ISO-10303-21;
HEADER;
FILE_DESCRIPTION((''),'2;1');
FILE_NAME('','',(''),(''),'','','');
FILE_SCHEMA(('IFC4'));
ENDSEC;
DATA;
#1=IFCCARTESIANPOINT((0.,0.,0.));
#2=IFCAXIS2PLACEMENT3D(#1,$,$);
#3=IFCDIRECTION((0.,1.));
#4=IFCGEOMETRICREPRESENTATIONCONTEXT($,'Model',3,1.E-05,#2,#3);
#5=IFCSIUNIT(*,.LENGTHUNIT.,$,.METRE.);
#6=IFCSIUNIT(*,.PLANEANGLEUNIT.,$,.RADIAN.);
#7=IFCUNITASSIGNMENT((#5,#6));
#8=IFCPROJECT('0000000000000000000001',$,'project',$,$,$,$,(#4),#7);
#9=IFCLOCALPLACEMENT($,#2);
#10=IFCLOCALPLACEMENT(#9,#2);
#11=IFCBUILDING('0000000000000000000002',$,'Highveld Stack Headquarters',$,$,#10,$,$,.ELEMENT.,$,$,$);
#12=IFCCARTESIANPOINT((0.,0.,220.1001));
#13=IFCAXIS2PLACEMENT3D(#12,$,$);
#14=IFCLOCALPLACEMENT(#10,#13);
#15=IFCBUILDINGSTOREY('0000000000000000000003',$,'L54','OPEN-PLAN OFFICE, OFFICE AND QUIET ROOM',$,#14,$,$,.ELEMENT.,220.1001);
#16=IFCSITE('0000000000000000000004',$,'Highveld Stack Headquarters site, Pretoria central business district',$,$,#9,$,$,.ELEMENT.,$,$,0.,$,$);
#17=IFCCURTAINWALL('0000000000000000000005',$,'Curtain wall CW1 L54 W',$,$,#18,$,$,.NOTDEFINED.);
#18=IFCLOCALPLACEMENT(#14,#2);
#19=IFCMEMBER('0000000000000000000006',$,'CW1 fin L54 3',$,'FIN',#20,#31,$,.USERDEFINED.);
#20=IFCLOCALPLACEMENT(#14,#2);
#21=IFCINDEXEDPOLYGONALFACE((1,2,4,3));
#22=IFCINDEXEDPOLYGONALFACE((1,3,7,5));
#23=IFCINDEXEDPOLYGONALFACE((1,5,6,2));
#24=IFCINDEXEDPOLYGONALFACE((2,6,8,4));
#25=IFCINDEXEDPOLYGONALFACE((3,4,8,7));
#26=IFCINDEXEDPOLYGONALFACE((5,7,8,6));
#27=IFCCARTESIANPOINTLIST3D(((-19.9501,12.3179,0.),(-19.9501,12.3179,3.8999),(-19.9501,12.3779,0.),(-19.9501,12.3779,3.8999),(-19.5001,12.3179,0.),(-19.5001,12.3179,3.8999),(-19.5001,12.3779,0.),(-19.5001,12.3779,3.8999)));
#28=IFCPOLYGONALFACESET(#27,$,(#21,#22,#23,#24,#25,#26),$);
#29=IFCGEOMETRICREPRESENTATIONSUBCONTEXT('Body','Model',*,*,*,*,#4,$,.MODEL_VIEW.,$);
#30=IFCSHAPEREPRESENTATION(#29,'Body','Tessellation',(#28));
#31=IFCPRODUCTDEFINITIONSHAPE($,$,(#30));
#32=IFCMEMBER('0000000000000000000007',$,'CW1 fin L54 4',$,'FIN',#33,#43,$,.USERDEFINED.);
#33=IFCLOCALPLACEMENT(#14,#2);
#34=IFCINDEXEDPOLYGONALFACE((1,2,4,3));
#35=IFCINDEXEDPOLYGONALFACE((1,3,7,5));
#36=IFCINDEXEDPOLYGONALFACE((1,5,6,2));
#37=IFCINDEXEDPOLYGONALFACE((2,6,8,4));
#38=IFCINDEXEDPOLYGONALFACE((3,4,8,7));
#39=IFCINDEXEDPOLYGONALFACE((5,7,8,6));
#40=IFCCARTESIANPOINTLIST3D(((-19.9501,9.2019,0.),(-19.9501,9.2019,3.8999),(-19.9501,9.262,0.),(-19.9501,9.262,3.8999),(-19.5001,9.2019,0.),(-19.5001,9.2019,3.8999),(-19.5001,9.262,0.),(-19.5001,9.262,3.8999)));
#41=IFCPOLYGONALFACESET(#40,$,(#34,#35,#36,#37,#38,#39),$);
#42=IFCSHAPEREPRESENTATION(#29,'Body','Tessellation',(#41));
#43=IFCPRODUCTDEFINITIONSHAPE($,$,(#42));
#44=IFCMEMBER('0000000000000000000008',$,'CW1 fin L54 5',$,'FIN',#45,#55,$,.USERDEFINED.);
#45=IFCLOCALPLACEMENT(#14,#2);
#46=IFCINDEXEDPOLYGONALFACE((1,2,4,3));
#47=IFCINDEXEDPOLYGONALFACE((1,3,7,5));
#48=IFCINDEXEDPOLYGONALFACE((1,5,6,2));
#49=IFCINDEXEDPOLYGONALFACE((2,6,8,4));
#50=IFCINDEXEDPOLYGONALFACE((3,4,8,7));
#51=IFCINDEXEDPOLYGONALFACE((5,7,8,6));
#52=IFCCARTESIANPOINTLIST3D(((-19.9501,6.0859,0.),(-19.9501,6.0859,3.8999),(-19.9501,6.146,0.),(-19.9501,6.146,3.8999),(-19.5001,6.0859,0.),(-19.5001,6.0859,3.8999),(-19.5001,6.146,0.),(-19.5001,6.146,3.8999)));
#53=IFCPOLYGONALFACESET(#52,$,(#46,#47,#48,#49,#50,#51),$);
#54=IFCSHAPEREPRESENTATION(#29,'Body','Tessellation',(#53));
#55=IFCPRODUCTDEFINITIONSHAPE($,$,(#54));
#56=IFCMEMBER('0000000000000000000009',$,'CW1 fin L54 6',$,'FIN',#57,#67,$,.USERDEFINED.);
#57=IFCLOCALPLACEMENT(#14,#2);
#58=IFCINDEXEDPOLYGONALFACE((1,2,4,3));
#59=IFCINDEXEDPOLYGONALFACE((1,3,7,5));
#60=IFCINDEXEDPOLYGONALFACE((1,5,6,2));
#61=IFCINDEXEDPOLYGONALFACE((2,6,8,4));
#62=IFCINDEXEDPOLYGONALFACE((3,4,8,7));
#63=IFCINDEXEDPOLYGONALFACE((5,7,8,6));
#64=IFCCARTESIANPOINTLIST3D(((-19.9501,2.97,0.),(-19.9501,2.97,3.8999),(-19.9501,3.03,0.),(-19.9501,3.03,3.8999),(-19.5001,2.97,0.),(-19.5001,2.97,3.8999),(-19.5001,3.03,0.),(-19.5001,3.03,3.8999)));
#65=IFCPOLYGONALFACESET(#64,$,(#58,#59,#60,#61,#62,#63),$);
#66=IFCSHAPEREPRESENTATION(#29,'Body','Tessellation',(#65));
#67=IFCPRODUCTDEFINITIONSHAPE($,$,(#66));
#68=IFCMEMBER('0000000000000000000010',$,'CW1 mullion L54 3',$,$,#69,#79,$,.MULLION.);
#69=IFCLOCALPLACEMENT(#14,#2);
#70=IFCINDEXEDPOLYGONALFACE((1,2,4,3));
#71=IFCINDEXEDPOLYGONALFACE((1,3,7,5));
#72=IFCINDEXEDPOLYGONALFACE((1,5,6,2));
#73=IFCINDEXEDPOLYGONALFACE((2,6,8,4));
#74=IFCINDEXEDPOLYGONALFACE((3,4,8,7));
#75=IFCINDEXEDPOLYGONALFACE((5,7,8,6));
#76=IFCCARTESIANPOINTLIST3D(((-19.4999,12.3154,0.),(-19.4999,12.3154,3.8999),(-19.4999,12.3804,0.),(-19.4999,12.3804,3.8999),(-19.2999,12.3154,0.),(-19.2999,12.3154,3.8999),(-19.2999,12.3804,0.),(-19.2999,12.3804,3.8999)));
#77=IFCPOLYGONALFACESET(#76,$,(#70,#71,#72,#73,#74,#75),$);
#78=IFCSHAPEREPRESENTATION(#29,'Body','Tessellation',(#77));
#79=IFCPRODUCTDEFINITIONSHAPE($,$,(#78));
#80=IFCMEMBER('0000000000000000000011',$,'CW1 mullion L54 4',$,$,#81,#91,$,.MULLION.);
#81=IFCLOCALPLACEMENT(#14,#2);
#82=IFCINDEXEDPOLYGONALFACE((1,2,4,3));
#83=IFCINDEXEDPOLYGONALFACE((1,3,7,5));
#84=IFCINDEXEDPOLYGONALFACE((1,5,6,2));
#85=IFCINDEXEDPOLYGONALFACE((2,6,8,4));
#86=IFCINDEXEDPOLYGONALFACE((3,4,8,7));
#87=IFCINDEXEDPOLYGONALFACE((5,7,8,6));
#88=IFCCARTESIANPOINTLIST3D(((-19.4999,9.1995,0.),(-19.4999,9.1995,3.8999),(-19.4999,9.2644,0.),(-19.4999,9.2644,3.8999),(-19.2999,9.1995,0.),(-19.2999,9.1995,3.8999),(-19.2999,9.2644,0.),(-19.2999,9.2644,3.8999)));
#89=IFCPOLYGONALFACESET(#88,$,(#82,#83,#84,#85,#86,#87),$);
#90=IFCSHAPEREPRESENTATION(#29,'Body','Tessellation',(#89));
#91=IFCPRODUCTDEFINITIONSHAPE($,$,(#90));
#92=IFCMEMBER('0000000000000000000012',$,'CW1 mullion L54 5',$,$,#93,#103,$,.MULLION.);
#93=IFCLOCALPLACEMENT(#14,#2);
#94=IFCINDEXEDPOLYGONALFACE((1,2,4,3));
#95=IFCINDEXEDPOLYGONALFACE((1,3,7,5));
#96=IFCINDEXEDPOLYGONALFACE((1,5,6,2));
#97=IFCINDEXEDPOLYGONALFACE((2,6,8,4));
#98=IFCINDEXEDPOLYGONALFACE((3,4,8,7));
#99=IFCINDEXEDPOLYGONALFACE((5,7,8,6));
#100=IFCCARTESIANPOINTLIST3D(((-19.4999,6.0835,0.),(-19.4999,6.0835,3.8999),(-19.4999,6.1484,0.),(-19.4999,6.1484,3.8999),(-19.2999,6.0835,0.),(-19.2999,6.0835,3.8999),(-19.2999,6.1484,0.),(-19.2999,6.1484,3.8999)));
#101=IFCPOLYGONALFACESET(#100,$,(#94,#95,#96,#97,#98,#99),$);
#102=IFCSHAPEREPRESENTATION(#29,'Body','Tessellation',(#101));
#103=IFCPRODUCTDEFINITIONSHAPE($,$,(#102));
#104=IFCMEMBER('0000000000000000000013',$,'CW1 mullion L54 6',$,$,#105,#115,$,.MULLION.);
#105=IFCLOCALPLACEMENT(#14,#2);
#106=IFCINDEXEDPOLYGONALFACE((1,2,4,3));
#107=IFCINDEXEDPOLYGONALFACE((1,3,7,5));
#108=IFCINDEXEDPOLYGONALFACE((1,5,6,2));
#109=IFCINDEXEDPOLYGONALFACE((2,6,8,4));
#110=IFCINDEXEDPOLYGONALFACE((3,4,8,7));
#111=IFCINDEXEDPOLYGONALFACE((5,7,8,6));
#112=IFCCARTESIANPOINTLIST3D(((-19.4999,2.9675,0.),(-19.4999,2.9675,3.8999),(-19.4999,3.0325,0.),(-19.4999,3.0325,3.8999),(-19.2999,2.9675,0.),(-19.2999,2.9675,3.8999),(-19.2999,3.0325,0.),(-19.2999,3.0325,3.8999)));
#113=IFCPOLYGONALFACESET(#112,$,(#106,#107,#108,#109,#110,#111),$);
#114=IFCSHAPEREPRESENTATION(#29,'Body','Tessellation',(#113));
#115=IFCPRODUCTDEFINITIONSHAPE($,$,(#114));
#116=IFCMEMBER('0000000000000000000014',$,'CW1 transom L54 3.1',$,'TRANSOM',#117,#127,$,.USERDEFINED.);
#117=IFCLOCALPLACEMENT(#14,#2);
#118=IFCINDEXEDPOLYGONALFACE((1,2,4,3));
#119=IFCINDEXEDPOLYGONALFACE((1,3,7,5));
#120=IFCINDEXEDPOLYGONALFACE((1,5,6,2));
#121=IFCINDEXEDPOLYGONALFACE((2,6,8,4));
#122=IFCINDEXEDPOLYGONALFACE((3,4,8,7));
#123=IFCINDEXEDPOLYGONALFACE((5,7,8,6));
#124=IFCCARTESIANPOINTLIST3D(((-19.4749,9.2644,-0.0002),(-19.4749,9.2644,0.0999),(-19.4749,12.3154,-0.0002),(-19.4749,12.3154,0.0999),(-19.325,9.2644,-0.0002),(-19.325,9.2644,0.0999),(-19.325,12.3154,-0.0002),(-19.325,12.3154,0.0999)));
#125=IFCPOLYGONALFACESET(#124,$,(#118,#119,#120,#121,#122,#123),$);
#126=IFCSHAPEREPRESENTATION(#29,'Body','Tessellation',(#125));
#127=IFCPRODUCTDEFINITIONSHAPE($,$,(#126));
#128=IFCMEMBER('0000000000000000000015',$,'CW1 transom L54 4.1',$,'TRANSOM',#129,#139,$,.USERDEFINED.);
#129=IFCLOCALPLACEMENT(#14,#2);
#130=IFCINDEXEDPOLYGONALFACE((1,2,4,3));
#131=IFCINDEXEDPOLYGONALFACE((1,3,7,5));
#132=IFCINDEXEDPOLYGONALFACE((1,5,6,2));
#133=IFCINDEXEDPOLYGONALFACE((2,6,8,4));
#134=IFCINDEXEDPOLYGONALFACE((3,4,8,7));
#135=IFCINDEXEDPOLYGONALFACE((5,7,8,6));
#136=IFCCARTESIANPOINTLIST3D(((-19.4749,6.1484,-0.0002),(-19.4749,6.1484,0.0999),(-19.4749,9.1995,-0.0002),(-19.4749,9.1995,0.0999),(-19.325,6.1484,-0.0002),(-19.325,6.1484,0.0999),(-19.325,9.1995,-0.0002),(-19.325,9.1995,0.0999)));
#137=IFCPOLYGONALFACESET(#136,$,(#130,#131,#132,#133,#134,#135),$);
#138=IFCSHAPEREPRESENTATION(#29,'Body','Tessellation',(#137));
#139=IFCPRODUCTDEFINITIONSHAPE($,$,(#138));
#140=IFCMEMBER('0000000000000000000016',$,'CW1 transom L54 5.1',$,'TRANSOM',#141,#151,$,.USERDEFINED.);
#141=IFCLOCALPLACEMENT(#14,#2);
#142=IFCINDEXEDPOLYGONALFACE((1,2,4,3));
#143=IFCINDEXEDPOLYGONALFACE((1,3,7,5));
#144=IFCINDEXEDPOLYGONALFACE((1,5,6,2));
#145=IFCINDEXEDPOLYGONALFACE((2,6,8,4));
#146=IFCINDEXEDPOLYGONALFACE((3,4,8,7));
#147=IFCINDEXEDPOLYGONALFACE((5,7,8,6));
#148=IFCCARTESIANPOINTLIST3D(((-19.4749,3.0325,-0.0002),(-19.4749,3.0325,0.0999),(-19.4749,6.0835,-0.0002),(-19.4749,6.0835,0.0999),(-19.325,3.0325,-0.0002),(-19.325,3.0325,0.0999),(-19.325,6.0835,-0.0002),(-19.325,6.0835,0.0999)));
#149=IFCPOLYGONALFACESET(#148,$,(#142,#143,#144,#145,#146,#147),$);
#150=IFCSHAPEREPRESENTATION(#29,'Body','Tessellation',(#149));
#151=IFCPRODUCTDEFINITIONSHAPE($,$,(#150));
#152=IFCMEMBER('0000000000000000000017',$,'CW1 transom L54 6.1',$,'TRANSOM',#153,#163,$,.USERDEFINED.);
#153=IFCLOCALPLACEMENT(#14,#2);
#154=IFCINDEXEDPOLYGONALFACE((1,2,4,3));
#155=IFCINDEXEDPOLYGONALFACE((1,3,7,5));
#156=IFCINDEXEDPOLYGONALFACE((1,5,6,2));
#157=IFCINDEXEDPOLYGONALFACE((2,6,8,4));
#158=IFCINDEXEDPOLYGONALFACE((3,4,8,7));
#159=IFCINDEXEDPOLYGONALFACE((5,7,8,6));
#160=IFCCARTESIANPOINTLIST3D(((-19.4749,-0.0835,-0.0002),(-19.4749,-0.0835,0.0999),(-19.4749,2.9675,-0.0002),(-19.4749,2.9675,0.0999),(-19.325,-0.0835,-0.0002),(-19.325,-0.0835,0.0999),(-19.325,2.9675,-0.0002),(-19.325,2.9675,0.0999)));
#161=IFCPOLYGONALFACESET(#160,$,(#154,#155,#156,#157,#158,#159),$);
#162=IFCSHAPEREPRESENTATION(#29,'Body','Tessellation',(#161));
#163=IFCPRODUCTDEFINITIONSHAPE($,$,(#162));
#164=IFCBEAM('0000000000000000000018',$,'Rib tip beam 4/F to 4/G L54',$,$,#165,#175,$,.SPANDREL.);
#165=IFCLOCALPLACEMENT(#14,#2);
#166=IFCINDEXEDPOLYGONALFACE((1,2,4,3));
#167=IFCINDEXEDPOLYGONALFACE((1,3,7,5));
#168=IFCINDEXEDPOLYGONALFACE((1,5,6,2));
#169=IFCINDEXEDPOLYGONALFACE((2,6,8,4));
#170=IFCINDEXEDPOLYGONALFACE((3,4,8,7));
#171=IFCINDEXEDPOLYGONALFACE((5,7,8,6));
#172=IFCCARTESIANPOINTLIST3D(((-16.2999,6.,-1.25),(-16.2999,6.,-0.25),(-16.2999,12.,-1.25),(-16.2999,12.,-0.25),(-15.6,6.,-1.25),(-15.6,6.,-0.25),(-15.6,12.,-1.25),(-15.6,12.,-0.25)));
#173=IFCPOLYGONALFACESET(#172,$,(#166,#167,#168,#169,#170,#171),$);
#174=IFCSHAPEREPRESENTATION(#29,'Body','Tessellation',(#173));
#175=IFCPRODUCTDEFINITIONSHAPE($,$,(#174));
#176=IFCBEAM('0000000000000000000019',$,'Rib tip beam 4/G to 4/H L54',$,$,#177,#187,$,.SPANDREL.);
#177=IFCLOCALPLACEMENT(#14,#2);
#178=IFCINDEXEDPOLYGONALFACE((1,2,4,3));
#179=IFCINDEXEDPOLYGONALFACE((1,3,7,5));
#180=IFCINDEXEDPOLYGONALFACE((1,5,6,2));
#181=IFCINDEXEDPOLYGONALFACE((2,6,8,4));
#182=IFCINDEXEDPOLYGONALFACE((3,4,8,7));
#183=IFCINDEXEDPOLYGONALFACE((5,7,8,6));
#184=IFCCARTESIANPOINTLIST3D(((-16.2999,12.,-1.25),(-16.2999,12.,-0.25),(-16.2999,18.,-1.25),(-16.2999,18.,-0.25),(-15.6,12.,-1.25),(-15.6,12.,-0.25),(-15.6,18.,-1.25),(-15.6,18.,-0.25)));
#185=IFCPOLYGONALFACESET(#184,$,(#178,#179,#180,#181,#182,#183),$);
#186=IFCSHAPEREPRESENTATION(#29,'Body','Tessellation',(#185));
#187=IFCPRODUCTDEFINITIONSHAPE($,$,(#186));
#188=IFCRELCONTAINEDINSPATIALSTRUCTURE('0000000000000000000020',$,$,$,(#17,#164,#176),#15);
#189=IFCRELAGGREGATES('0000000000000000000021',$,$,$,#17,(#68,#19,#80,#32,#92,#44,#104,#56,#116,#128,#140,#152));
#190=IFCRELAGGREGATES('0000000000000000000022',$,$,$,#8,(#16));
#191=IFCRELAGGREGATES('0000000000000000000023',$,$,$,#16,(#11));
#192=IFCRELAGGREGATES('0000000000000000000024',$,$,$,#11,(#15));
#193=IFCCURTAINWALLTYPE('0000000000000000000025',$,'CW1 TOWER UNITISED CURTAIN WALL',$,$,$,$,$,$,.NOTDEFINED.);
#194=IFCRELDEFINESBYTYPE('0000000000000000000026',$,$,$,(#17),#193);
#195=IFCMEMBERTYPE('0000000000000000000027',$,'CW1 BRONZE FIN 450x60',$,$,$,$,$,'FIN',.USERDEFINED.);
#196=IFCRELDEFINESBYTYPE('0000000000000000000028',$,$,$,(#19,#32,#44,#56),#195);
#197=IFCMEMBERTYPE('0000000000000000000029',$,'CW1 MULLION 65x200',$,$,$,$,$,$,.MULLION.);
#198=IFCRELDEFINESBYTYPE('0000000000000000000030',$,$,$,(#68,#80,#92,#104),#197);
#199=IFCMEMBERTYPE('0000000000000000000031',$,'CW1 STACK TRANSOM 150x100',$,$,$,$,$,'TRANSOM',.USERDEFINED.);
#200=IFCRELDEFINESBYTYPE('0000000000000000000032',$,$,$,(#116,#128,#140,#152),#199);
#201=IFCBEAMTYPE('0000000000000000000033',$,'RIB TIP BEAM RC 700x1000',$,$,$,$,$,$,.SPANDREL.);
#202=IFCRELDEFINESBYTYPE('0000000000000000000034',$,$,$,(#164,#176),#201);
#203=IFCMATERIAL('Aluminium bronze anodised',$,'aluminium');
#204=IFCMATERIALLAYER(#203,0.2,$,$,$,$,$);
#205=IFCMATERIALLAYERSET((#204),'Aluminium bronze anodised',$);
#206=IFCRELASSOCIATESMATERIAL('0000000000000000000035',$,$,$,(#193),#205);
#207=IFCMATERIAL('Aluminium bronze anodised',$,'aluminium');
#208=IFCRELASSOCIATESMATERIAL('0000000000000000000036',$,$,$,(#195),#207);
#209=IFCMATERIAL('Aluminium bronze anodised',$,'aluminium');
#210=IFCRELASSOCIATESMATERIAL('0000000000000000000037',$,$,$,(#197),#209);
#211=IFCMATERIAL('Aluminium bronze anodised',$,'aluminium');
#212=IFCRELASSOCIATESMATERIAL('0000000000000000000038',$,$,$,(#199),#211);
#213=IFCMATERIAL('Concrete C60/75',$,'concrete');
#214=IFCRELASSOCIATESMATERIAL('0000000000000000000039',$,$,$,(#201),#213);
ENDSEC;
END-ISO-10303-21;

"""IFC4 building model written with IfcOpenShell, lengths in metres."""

from ifc_helpers import new_model, si_unit, direction, frame, origin, origin_2d, place, context, subcontext, project, spatial, rectangle, extrude, material, layer, layer_set, material_profile, profile_set, type_object, element, aggregate, save


model = new_model("IFC4")

# Units and contexts
model_context = context("Model", 3, precision=1e-05, world=origin(), true_north=direction((0.0, 1.0)))
body_context = subcontext(model_context, "Body", "Model", "MODEL_VIEW")
ifc_project = project(units=[si_unit("LENGTHUNIT", "METRE"), si_unit("PLANEANGLEUNIT", "RADIAN")], contexts=[model_context])

# Site, building, storey
site_placement = place(None, origin())
site = spatial("IfcSite", under=ifc_project, at=site_placement, Name="Highveld Stack Headquarters site, Pretoria central business district", CompositionType="ELEMENT", RefElevation=0.0)
building_placement = place(site_placement, origin())
building = spatial("IfcBuilding", under=site, at=building_placement, Name="Highveld Stack Headquarters", CompositionType="ELEMENT")
storey_placement = place(building_placement, frame((0.0, 0.0, 220.1001)))
storey = spatial("IfcBuildingStorey", under=building, at=storey_placement, Name="L54", Description="OPEN-PLAN OFFICE, OFFICE AND QUIET ROOM", CompositionType="ELEMENT", Elevation=220.1001)

# Curtain wall, members
ifc_material_1 = material(Name="Aluminium bronze anodised", Category="aluminium")
ifc_layer_1 = layer(ifc_material_1, 0.2)
ifc_layer_set_1 = layer_set([ifc_layer_1], Name="Aluminium bronze anodised")
curtain_wall_type = type_object("IfcCurtainWallType", Name="CW1 TOWER UNITISED CURTAIN WALL", PredefinedType="NOTDEFINED", material=ifc_layer_set_1)
curtain_wall_placement = place(storey_placement, origin())
curtain_wall = element("IfcCurtainWall", 1, at=curtain_wall_placement, inside=storey, type_object=curtain_wall_type, Name="Curtain wall CW1 L54 W", PredefinedType="NOTDEFINED")
ifc_material_2 = material(Name="Aluminium bronze anodised", Category="aluminium")
ifc_material_profile_1 = material_profile(ifc_material_2, rectangle(XDim=0.45, YDim=0.0601, at=origin_2d()), Name="FIN 450x60")
ifc_profile_set_1 = profile_set([ifc_material_profile_1], Name="Aluminium bronze anodised")
member_type_1 = type_object("IfcMemberType", Name="CW1 BRONZE FIN 450x60", ElementType="FIN", PredefinedType="USERDEFINED", material=ifc_profile_set_1)
member_1_placement = place(storey_placement, frame((-19.7251, 12.3479, 0.0), z_axis=(0.0, 0.0, 1.0), x_axis=(1.0, 0.0, 0.0)))
member_1 = element("IfcMember", 2, at=member_1_placement, type_object=member_type_1, Name="CW1 fin L54 3", ObjectType="FIN", PredefinedType="USERDEFINED", context=body_context, shape_type="SweptSolid", body=[
    extrude(rectangle(XDim=0.45, YDim=0.0601, at=origin_2d()), origin(), (0.0, 0.0, 1.0), 3.8999),
])
member_2_placement = place(storey_placement, frame((-19.7251, 9.2319, 0.0), z_axis=(0.0, 0.0, 1.0), x_axis=(1.0, 0.0, 0.0)))
member_2 = element("IfcMember", 3, at=member_2_placement, type_object=member_type_1, Name="CW1 fin L54 4", ObjectType="FIN", PredefinedType="USERDEFINED", context=body_context, shape_type="SweptSolid", body=[
    extrude(rectangle(XDim=0.45, YDim=0.0601, at=origin_2d()), origin(), (0.0, 0.0, 1.0), 3.8999),
])
member_3_placement = place(storey_placement, frame((-19.7251, 6.116, 0.0), z_axis=(0.0, 0.0, 1.0), x_axis=(1.0, 0.0, 0.0)))
member_3 = element("IfcMember", 4, at=member_3_placement, type_object=member_type_1, Name="CW1 fin L54 5", ObjectType="FIN", PredefinedType="USERDEFINED", context=body_context, shape_type="SweptSolid", body=[
    extrude(rectangle(XDim=0.45, YDim=0.0601, at=origin_2d()), origin(), (0.0, 0.0, 1.0), 3.8999),
])
member_4_placement = place(storey_placement, frame((-19.7251, 3.0, 0.0), z_axis=(0.0, 0.0, 1.0), x_axis=(1.0, 0.0, 0.0)))
member_4 = element("IfcMember", 5, at=member_4_placement, type_object=member_type_1, Name="CW1 fin L54 6", ObjectType="FIN", PredefinedType="USERDEFINED", context=body_context, shape_type="SweptSolid", body=[
    extrude(rectangle(XDim=0.45, YDim=0.0601, at=origin_2d()), origin(), (0.0, 0.0, 1.0), 3.8999),
])
ifc_material_3 = material(Name="Aluminium bronze anodised", Category="aluminium")
ifc_material_profile_2 = material_profile(ifc_material_3, rectangle(XDim=0.2, YDim=0.0649, at=origin_2d()), Name="CW1 MULLION 65x200")
ifc_profile_set_2 = profile_set([ifc_material_profile_2], Name="Aluminium bronze anodised")
member_type_2 = type_object("IfcMemberType", Name="CW1 MULLION 65x200", PredefinedType="MULLION", material=ifc_profile_set_2)
member_5_placement = place(storey_placement, frame((-19.3999, 12.3479, 0.0), z_axis=(0.0, 0.0, 1.0), x_axis=(1.0, 0.0, 0.0)))
member_5 = element("IfcMember", 6, at=member_5_placement, type_object=member_type_2, Name="CW1 mullion L54 3", PredefinedType="MULLION", context=body_context, shape_type="SweptSolid", body=[
    extrude(rectangle(XDim=0.2, YDim=0.0649, at=origin_2d()), origin(), (0.0, 0.0, 1.0), 3.8999),
])
member_6_placement = place(storey_placement, frame((-19.3999, 9.2319, 0.0), z_axis=(0.0, 0.0, 1.0), x_axis=(1.0, 0.0, 0.0)))
member_6 = element("IfcMember", 7, at=member_6_placement, type_object=member_type_2, Name="CW1 mullion L54 4", PredefinedType="MULLION", context=body_context, shape_type="SweptSolid", body=[
    extrude(rectangle(XDim=0.2, YDim=0.0649, at=origin_2d()), origin(), (0.0, 0.0, 1.0), 3.8999),
])
member_7_placement = place(storey_placement, frame((-19.3999, 6.116, 0.0), z_axis=(0.0, 0.0, 1.0), x_axis=(1.0, 0.0, 0.0)))
member_7 = element("IfcMember", 8, at=member_7_placement, type_object=member_type_2, Name="CW1 mullion L54 5", PredefinedType="MULLION", context=body_context, shape_type="SweptSolid", body=[
    extrude(rectangle(XDim=0.2, YDim=0.0649, at=origin_2d()), origin(), (0.0, 0.0, 1.0), 3.8999),
])
member_8_placement = place(storey_placement, frame((-19.3999, 3.0, 0.0), z_axis=(0.0, 0.0, 1.0), x_axis=(1.0, 0.0, 0.0)))
member_8 = element("IfcMember", 9, at=member_8_placement, type_object=member_type_2, Name="CW1 mullion L54 6", PredefinedType="MULLION", context=body_context, shape_type="SweptSolid", body=[
    extrude(rectangle(XDim=0.2, YDim=0.0649, at=origin_2d()), origin(), (0.0, 0.0, 1.0), 3.8999),
])
ifc_material_4 = material(Name="Aluminium bronze anodised", Category="aluminium")
ifc_material_profile_3 = material_profile(ifc_material_4, rectangle(XDim=0.1499, YDim=0.1001, at=origin_2d()), Name="CW1 TRANSOM 150x100")
ifc_profile_set_3 = profile_set([ifc_material_profile_3], Name="Aluminium bronze anodised")
member_type_3 = type_object("IfcMemberType", Name="CW1 STACK TRANSOM 150x100", ElementType="TRANSOM", PredefinedType="USERDEFINED", material=ifc_profile_set_3)
member_9_placement = place(storey_placement, frame((-19.3999, 12.3154, 0.0498), z_axis=(0.0, -1.0, 0.0), x_axis=(1.0, 0.0, 0.0)))
member_9 = element("IfcMember", 10, at=member_9_placement, type_object=member_type_3, Name="CW1 transom L54 3.1", ObjectType="TRANSOM", PredefinedType="USERDEFINED", context=body_context, shape_type="SweptSolid", body=[
    extrude(rectangle(XDim=0.1499, YDim=0.1001, at=origin_2d()), origin(), (0.0, 0.0, 1.0), 3.051),
])
member_10_placement = place(storey_placement, frame((-19.3999, 9.1995, 0.0498), z_axis=(0.0, -1.0, 0.0), x_axis=(1.0, 0.0, 0.0)))
member_10 = element("IfcMember", 11, at=member_10_placement, type_object=member_type_3, Name="CW1 transom L54 4.1", ObjectType="TRANSOM", PredefinedType="USERDEFINED", context=body_context, shape_type="SweptSolid", body=[
    extrude(rectangle(XDim=0.1499, YDim=0.1001, at=origin_2d()), origin(), (0.0, 0.0, 1.0), 3.051),
])
member_11_placement = place(storey_placement, frame((-19.3999, 6.0835, 0.0498), z_axis=(0.0, -1.0, 0.0), x_axis=(1.0, 0.0, 0.0)))
member_11 = element("IfcMember", 12, at=member_11_placement, type_object=member_type_3, Name="CW1 transom L54 5.1", ObjectType="TRANSOM", PredefinedType="USERDEFINED", context=body_context, shape_type="SweptSolid", body=[
    extrude(rectangle(XDim=0.1499, YDim=0.1001, at=origin_2d()), origin(), (0.0, 0.0, 1.0), 3.051),
])
member_12_placement = place(storey_placement, frame((-19.3999, 2.9675, 0.0498), z_axis=(0.0, -1.0, 0.0), x_axis=(1.0, 0.0, 0.0)))
member_12 = element("IfcMember", 13, at=member_12_placement, type_object=member_type_3, Name="CW1 transom L54 6.1", ObjectType="TRANSOM", PredefinedType="USERDEFINED", context=body_context, shape_type="SweptSolid", body=[
    extrude(rectangle(XDim=0.1499, YDim=0.1001, at=origin_2d()), origin(), (0.0, 0.0, 1.0), 3.051),
])

# Beams
ifc_material_5 = material(Name="Concrete C60/75", Category="concrete")
ifc_material_profile_4 = material_profile(ifc_material_5, rectangle(XDim=0.7, YDim=1.0, at=origin_2d()), Name="RC 700x1000")
ifc_profile_set_4 = profile_set([ifc_material_profile_4], Name="Concrete C60/75")
beam_type = type_object("IfcBeamType", Name="RIB TIP BEAM RC 700x1000", PredefinedType="SPANDREL", material=ifc_profile_set_4)
for number, where, z_axis, x_axis, name in (
    (14, (-15.95, 6.0, -0.75), (0.0, 1.0, 0.0), (-1.0, 0.0, 0.0), "Rib tip beam 4/F to 4/G L54"),
    (15, (-15.95, 12.0, -0.75), (0.0, 1.0, 0.0), (-1.0, 0.0, 0.0), "Rib tip beam 4/G to 4/H L54"),
):
    element("IfcBeam", number, at=place(storey_placement, frame(where, z_axis=z_axis, x_axis=x_axis)), inside=storey, type_object=beam_type, Name=name, PredefinedType="SPANDREL", context=body_context, shape_type="SweptSolid", body=[
        extrude(rectangle(XDim=0.7, YDim=1.0, at=origin_2d()), origin(), (0.0, 0.0, 1.0), 6.0),
    ])

aggregate(curtain_wall, [member_5, member_1, member_6, member_2, member_7, member_3, member_8, member_4, member_9, member_10, member_11, member_12])

save(model, "model.ifc")
